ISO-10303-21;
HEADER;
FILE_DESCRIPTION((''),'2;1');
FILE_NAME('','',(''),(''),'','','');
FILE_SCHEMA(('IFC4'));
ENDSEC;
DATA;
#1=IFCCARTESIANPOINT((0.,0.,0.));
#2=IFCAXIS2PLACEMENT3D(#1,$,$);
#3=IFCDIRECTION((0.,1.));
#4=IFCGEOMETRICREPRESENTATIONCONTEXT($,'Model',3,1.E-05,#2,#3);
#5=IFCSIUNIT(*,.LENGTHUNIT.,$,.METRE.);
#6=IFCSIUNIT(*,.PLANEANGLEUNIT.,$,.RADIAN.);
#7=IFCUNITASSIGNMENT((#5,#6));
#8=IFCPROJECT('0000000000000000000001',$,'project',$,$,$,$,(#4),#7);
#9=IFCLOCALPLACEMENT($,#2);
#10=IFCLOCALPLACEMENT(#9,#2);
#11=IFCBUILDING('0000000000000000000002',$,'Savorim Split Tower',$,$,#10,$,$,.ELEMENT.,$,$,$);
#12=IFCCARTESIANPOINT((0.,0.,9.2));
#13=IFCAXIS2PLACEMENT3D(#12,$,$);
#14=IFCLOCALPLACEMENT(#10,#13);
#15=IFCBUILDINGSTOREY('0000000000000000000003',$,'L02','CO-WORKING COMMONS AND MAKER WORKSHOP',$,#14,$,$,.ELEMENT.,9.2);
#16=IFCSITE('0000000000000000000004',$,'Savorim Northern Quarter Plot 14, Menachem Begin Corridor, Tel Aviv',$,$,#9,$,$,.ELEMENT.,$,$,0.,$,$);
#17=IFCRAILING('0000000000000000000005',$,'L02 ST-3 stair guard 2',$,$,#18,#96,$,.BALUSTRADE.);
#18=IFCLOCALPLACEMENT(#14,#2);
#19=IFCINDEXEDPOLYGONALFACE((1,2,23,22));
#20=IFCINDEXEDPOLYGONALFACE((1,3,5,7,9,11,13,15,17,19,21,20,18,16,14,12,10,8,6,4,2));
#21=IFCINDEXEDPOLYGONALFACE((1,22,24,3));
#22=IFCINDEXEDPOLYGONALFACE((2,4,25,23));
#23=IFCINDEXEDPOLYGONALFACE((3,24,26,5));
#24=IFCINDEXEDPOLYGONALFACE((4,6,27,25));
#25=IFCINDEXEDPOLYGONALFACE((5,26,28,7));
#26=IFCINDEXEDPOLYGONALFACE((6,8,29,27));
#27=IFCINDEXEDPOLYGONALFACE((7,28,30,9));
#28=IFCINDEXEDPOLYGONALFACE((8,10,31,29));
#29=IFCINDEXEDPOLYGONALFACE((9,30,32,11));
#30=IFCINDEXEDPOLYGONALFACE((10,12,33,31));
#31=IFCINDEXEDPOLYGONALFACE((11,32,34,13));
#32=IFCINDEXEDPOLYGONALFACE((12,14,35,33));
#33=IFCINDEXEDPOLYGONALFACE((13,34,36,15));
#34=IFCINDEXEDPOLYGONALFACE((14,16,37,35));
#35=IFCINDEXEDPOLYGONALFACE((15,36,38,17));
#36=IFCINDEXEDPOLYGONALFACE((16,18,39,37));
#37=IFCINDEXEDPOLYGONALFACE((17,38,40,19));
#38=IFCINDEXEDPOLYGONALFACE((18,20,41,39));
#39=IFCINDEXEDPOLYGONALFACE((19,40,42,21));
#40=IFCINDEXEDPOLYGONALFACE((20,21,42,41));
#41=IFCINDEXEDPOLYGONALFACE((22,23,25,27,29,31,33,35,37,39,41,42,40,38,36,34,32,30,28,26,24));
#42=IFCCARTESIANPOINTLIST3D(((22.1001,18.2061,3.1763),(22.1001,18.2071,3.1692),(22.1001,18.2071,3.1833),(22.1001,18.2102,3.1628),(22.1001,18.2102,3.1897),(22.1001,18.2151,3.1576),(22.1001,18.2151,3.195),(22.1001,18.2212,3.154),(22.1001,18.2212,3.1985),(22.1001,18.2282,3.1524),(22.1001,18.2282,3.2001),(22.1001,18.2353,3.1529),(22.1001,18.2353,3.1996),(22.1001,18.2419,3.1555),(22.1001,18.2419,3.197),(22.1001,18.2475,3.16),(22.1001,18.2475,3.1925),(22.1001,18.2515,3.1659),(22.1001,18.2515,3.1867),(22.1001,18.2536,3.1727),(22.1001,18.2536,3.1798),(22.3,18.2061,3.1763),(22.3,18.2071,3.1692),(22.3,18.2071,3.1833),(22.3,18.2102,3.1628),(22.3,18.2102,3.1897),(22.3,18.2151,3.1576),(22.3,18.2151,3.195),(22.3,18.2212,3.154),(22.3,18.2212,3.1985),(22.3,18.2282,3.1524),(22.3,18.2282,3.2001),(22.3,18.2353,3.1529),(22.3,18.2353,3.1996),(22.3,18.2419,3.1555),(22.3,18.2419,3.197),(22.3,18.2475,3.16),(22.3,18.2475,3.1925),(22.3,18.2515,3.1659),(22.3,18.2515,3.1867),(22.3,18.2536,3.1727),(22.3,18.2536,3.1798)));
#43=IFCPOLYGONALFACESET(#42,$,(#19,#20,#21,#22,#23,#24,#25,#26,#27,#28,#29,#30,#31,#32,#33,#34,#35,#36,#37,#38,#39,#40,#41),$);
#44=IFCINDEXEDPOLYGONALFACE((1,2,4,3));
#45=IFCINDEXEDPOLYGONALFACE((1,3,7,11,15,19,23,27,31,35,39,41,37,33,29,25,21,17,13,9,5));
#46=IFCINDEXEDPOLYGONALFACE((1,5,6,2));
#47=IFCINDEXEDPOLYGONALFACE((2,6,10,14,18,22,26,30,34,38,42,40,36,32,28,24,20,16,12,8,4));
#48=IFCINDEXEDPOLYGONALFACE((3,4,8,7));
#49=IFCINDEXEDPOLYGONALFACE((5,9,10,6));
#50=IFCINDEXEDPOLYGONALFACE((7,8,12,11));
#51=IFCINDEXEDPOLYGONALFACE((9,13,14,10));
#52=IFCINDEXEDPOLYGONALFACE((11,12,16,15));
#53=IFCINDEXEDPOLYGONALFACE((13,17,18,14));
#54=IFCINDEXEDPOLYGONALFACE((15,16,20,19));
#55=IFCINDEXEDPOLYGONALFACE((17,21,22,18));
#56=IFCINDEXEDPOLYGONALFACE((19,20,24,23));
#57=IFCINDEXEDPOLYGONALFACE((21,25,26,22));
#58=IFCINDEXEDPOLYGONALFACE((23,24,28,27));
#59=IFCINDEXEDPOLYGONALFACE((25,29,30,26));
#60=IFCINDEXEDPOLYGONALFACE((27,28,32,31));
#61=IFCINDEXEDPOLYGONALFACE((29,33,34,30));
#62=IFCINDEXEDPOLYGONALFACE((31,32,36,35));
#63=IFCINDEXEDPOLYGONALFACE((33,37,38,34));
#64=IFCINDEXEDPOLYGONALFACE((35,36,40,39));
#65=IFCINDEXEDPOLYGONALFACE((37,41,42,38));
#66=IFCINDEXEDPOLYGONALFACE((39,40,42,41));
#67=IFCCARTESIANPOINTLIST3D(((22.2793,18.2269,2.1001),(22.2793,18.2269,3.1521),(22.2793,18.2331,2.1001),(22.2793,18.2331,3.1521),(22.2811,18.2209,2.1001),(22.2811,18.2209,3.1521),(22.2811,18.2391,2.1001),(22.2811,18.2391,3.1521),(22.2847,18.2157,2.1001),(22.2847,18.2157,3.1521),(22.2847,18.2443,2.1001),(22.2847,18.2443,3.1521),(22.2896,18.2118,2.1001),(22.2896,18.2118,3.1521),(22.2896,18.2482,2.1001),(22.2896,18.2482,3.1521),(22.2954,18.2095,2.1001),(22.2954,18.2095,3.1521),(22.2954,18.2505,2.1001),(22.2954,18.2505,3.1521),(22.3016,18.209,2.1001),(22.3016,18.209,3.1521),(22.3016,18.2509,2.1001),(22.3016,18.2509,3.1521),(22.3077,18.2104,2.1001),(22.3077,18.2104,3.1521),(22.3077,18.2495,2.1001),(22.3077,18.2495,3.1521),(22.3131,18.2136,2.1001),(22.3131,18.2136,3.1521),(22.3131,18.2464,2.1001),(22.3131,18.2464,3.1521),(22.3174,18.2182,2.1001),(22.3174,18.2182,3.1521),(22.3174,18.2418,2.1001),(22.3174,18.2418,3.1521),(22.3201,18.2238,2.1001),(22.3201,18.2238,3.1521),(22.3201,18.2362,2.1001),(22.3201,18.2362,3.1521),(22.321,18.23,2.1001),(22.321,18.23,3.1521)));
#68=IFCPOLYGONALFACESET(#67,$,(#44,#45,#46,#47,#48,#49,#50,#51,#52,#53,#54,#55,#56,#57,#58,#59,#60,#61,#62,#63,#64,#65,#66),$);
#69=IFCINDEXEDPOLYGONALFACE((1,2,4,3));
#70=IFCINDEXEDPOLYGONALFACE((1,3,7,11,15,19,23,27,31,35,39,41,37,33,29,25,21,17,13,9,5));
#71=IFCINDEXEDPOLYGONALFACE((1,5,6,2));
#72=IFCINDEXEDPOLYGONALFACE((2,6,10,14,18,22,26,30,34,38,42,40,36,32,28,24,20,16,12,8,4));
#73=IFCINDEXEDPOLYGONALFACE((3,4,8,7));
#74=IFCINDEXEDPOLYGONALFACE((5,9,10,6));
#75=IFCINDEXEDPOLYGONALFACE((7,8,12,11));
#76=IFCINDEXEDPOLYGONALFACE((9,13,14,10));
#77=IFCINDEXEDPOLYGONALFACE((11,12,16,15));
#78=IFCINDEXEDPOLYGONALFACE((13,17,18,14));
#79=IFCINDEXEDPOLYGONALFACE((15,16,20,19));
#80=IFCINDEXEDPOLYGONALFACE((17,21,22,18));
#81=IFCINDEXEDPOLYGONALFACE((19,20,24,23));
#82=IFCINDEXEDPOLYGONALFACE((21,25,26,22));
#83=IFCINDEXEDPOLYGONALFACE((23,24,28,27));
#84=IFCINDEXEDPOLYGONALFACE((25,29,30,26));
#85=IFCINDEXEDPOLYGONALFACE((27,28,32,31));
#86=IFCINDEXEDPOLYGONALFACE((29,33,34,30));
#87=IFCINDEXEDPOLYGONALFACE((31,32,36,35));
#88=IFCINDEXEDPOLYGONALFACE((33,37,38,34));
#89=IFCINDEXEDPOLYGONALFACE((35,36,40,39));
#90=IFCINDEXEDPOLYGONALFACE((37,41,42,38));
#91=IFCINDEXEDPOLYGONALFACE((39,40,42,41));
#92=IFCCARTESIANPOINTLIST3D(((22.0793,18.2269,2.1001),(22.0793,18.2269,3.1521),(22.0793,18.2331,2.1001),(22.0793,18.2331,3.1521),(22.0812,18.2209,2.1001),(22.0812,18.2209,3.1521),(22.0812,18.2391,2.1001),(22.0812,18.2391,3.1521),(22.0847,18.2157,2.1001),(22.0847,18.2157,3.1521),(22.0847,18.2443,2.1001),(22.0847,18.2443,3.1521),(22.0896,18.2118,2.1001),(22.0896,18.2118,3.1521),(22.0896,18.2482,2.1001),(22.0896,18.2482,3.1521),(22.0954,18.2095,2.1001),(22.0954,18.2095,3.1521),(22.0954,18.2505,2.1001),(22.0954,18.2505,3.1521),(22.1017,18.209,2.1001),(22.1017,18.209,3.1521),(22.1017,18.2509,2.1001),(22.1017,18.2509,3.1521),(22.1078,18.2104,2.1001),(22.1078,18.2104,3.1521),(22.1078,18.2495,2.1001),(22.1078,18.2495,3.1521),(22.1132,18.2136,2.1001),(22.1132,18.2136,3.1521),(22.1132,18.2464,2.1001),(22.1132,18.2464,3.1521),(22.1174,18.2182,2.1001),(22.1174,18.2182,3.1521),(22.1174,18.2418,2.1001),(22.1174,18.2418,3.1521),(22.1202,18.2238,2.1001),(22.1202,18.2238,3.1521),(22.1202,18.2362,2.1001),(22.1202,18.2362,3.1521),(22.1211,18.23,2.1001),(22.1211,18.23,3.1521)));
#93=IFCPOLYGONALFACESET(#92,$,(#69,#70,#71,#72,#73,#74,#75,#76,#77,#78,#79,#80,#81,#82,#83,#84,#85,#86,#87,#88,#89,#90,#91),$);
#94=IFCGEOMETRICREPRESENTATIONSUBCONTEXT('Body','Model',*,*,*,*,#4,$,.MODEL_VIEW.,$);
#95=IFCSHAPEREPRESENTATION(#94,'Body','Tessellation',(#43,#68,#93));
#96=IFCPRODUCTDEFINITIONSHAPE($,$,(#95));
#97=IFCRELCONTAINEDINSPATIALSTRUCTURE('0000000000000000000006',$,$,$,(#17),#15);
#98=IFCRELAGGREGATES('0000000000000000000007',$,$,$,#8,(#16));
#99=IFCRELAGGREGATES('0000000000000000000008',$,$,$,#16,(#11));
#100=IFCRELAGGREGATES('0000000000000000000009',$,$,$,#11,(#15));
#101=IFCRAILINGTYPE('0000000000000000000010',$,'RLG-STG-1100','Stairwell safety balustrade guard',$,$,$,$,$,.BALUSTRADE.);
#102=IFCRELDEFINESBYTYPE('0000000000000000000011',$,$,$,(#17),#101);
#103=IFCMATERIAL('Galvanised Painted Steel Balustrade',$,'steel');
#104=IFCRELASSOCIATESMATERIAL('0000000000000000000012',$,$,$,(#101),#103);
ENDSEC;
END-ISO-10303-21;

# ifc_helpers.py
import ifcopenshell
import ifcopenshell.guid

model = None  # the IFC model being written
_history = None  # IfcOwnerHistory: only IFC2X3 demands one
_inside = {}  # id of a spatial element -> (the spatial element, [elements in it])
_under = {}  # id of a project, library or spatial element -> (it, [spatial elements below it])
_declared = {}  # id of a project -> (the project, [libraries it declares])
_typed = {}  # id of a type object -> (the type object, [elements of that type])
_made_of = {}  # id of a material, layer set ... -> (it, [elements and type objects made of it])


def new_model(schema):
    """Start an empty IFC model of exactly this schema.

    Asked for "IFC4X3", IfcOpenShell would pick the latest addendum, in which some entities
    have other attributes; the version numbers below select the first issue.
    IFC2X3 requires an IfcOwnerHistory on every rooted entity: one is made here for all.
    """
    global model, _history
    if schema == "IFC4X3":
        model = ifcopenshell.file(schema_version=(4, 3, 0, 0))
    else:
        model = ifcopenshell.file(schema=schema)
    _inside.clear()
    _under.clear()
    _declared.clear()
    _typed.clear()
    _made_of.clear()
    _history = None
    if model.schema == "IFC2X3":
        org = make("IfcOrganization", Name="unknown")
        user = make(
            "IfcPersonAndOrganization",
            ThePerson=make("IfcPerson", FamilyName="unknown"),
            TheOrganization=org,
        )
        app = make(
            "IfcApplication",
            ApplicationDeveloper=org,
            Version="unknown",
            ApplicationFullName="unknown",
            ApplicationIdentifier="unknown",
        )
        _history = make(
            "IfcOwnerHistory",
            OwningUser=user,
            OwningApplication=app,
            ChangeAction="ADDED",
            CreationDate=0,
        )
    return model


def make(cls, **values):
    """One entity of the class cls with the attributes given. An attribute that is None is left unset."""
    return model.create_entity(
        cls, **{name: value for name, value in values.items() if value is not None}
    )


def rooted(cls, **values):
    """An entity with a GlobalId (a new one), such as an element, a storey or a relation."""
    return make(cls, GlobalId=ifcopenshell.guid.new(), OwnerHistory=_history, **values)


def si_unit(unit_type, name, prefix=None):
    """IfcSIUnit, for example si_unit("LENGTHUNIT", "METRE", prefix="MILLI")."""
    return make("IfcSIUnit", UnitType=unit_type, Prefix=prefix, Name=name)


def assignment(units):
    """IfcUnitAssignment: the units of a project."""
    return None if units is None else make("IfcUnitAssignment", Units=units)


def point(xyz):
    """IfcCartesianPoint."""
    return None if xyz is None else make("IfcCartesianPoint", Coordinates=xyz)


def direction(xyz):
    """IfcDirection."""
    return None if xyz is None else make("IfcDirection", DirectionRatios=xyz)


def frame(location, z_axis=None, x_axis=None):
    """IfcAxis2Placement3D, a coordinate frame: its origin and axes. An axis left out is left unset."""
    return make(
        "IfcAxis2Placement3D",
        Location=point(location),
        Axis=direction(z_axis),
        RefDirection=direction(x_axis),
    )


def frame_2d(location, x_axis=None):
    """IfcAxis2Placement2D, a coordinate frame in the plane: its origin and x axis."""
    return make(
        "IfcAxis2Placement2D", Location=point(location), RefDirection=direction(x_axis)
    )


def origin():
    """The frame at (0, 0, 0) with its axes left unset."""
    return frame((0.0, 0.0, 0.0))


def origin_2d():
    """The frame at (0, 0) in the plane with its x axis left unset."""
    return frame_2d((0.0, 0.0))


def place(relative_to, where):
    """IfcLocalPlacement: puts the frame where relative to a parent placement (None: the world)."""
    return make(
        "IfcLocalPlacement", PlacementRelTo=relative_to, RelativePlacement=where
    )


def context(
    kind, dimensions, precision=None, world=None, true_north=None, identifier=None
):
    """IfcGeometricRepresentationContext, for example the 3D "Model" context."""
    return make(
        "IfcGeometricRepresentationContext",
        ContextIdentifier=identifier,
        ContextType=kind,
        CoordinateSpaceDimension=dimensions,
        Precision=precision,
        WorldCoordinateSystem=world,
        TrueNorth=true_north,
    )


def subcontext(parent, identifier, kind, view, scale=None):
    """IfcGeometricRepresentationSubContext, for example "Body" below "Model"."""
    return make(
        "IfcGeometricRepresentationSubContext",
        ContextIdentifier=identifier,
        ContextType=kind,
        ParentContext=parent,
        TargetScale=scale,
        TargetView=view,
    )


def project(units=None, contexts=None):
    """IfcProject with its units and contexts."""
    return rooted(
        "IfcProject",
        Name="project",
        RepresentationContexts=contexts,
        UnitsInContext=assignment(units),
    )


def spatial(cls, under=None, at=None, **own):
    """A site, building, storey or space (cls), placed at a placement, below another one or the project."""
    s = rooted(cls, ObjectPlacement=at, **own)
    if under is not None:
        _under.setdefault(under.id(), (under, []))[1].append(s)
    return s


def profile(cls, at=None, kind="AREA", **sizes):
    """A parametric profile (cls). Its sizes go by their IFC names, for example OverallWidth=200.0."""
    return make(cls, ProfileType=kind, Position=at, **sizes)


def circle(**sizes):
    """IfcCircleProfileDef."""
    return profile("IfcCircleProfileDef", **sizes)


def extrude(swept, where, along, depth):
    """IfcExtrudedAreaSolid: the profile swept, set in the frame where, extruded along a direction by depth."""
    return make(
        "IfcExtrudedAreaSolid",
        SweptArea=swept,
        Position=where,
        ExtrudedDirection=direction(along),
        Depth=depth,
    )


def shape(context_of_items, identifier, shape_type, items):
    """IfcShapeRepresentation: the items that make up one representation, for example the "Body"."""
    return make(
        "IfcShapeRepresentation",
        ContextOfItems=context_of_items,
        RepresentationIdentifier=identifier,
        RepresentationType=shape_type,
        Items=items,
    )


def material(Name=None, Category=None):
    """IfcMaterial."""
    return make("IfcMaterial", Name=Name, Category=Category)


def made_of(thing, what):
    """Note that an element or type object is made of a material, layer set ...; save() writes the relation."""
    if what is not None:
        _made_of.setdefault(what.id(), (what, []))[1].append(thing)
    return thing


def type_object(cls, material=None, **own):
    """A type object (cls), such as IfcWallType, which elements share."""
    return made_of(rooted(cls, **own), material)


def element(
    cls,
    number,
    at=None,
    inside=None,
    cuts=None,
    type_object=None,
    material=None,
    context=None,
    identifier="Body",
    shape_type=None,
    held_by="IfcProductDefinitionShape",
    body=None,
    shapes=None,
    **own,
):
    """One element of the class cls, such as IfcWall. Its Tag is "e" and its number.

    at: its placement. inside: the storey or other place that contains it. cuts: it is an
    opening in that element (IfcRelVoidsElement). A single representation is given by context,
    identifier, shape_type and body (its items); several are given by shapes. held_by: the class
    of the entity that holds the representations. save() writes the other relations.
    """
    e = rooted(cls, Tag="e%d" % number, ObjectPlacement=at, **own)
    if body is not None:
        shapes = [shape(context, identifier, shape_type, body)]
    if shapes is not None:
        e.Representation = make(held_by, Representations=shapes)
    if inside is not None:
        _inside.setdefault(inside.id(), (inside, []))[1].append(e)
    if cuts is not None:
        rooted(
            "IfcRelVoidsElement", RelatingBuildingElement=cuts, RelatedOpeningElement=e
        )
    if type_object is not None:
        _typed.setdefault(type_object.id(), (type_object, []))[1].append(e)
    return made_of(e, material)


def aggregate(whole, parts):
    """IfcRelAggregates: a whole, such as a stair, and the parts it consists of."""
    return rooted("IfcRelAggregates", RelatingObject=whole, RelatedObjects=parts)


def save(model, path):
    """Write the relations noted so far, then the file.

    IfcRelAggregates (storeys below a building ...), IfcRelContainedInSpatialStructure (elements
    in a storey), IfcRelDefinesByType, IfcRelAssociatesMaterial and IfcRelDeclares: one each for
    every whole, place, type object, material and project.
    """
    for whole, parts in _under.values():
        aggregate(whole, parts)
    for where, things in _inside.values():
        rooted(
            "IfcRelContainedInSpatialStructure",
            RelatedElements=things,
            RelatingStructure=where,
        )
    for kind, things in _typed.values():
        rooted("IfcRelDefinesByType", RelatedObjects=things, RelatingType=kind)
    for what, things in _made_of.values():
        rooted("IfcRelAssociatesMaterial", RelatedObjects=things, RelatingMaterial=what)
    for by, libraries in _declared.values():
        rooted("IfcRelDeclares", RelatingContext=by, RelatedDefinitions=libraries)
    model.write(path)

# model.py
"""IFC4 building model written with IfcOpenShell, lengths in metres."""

from ifc_helpers import new_model, si_unit, direction, frame, origin, origin_2d, place, context, subcontext, project, spatial, circle, extrude, material, type_object, element, save


model = new_model("IFC4")

# Units and contexts
model_context = context("Model", 3, precision=1e-05, world=origin(), true_north=direction((0.0, 1.0)))
body_context = subcontext(model_context, "Body", "Model", "MODEL_VIEW")
ifc_project = project(units=[si_unit("LENGTHUNIT", "METRE"), si_unit("PLANEANGLEUNIT", "RADIAN")], contexts=[model_context])

# Site, building, storey
site_placement = place(None, origin())
site = spatial("IfcSite", under=ifc_project, at=site_placement, Name="Savorim Northern Quarter Plot 14, Menachem Begin Corridor, Tel Aviv", CompositionType="ELEMENT", RefElevation=0.0)
building_placement = place(site_placement, origin())
building = spatial("IfcBuilding", under=site, at=building_placement, Name="Savorim Split Tower", CompositionType="ELEMENT")
storey_placement = place(building_placement, frame((0.0, 0.0, 9.2)))
storey = spatial("IfcBuildingStorey", under=building, at=storey_placement, Name="L02", Description="CO-WORKING COMMONS AND MAKER WORKSHOP", CompositionType="ELEMENT", Elevation=9.2)

# Railing
ifc_material_1 = material(Name="Galvanised Painted Steel Balustrade", Category="steel")
railing_type_1 = type_object("IfcRailingType", Name="RLG-STG-1100", Description="Stairwell safety balustrade guard", PredefinedType="BALUSTRADE", material=ifc_material_1)
railing_1_placement = place(storey_placement, frame((22.3, 18.23, 2.1001)))
element("IfcRailing", 1, at=railing_1_placement, inside=storey, type_object=railing_type_1, Name="L02 ST-3 stair guard 2", PredefinedType="BALUSTRADE", context=body_context, shape_type="SweptSolid", body=[
    extrude(circle(Radius=0.0239, at=origin_2d()), frame((0.0, 0.0, 1.0762), z_axis=(-1.0, 0.0, 0.0), x_axis=(0.0, -1.0, 0.0)), (0.0, 0.0, 1.0), 0.2),
    extrude(circle(Radius=0.021, at=origin_2d()), origin(), (0.0, 0.0, 1.0), 1.052),
    extrude(circle(Radius=0.021, at=origin_2d()), frame((-0.2, 0.0, 0.0)), (0.0, 0.0, 1.0), 1.052),
])

save(model, "model.ifc")
